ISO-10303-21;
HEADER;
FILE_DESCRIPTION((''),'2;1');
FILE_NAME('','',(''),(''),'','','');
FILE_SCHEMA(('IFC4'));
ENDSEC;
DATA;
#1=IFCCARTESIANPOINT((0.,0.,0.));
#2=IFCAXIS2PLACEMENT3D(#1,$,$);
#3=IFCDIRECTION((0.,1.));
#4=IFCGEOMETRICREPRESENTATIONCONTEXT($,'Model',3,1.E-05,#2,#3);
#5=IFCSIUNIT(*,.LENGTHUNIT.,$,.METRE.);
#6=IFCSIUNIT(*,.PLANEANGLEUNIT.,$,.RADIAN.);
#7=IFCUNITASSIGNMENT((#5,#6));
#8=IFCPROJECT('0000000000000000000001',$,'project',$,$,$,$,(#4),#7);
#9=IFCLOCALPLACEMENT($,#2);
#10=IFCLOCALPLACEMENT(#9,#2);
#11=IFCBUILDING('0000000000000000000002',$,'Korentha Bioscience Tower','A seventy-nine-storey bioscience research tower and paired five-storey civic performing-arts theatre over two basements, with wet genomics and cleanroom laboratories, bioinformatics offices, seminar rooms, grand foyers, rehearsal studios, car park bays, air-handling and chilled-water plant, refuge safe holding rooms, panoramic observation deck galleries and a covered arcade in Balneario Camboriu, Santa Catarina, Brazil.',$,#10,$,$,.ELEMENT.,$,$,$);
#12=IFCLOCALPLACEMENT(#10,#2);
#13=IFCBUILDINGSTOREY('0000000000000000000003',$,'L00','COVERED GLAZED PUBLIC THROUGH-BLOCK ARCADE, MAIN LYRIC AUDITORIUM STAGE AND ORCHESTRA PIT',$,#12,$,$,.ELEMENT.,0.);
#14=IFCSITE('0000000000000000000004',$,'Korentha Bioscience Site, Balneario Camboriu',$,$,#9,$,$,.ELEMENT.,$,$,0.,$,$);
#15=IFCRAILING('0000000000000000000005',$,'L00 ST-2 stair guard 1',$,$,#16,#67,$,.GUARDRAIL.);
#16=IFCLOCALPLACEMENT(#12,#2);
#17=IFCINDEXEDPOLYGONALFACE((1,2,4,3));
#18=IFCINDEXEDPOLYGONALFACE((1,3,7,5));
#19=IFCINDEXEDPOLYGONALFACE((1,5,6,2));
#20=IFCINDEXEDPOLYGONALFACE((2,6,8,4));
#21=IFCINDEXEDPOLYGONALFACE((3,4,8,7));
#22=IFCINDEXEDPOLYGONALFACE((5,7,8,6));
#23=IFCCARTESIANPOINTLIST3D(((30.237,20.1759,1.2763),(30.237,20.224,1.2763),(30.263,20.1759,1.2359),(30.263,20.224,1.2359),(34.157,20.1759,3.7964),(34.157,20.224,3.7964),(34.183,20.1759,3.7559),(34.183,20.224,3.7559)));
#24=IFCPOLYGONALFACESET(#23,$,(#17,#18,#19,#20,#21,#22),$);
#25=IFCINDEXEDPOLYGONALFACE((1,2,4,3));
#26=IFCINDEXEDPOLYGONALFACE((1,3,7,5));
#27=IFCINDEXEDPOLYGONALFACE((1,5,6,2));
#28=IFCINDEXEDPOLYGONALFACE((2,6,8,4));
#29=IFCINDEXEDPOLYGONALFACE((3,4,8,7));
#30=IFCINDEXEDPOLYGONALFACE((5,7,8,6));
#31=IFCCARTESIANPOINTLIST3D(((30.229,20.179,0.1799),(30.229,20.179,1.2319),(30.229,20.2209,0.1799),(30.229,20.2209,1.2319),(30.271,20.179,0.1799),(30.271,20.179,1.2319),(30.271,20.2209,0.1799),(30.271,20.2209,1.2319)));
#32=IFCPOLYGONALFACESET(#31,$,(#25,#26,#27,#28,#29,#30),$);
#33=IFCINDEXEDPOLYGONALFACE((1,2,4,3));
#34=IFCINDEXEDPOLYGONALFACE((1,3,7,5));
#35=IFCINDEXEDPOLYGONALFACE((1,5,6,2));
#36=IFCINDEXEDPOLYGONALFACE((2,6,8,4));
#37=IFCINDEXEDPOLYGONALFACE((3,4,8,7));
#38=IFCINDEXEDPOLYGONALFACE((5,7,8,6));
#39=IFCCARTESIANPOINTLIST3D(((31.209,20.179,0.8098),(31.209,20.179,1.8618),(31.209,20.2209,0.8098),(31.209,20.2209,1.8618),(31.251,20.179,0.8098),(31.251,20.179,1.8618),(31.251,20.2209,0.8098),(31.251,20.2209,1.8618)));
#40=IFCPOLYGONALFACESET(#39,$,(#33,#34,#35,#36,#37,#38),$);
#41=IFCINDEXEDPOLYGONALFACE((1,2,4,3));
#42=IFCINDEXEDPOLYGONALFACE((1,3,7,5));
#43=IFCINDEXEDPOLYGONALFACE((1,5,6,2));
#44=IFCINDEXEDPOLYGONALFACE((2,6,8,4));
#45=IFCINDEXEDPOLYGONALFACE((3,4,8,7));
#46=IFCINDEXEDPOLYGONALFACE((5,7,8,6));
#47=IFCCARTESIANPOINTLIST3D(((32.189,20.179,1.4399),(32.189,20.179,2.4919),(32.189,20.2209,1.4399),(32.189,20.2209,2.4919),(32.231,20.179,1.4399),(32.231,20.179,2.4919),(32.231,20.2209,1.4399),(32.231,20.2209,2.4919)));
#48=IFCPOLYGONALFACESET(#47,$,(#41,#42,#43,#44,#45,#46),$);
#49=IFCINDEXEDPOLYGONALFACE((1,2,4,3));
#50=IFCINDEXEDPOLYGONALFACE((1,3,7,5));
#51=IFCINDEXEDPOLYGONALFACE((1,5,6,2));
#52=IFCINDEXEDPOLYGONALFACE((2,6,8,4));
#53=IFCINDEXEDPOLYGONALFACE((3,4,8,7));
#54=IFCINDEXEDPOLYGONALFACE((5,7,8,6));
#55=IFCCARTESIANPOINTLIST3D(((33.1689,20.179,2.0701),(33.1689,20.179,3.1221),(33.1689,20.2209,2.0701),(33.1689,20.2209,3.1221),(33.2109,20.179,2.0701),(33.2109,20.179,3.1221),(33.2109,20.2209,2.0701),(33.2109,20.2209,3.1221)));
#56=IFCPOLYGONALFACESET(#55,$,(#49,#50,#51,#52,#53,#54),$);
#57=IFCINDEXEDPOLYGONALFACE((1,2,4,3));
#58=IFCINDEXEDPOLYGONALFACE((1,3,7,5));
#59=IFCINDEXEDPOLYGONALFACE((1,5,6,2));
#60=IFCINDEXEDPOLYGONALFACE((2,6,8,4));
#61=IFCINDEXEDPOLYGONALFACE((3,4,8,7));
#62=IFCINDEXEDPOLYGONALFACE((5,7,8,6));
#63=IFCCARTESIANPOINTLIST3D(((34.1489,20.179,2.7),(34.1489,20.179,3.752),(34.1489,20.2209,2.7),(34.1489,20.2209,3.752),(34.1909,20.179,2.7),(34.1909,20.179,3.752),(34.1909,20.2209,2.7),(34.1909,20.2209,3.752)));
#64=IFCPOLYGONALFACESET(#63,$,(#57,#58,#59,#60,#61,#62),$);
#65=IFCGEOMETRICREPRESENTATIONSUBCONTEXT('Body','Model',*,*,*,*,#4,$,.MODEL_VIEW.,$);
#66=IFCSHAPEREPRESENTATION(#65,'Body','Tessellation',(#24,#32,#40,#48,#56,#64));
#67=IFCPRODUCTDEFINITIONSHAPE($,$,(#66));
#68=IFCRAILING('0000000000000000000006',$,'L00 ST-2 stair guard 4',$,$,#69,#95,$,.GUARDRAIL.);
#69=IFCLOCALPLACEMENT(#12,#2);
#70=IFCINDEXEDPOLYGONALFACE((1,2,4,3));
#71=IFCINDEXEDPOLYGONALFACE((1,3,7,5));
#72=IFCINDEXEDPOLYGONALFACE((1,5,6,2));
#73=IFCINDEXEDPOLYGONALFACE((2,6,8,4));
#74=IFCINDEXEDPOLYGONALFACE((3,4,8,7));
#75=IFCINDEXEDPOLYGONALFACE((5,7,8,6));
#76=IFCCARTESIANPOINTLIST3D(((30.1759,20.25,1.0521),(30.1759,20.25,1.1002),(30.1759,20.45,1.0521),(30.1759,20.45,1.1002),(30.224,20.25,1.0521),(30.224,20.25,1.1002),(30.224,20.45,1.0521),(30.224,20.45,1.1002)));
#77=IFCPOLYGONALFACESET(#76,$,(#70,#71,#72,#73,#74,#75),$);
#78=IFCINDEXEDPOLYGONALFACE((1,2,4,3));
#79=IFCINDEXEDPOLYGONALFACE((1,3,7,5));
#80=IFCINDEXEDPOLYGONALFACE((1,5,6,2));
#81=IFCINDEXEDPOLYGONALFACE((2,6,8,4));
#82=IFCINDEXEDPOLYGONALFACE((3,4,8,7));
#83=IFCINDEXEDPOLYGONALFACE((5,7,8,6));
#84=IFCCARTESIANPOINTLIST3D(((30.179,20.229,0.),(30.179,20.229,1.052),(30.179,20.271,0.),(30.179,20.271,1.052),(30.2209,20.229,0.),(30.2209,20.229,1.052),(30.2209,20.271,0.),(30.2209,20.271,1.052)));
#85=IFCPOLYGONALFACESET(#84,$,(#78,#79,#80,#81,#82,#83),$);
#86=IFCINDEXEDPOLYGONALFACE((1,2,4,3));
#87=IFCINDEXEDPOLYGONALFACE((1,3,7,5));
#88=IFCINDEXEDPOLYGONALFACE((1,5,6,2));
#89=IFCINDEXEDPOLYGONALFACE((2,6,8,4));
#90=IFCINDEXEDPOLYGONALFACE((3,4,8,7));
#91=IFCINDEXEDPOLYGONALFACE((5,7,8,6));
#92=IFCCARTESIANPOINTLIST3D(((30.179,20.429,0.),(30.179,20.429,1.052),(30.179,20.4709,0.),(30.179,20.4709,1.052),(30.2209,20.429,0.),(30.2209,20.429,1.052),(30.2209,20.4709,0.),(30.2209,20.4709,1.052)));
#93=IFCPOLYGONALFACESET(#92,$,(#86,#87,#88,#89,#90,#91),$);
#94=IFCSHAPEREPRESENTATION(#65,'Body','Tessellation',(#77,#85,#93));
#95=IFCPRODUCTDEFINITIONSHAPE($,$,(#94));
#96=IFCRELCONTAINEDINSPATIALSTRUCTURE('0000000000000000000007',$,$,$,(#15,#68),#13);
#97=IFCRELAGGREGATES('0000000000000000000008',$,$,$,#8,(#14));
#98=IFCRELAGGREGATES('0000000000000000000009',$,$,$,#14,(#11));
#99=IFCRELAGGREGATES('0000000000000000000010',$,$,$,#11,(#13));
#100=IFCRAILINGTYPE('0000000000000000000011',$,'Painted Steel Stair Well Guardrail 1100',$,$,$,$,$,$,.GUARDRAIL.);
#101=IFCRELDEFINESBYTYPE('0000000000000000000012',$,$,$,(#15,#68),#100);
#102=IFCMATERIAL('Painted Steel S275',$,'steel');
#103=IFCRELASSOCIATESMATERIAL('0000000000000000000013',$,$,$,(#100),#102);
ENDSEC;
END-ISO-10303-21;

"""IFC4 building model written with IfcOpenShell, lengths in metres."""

from ifc_helpers import new_model, si_unit, direction, frame, origin, origin_2d, place, context, subcontext, project, spatial, rectangle, extrude, material, type_object, element, save


model = new_model("IFC4")

# Units and contexts
model_context = context("Model", 3, precision=1e-05, world=origin(), true_north=direction((0.0, 1.0)))
body_context = subcontext(model_context, "Body", "Model", "MODEL_VIEW")
ifc_project = project(units=[si_unit("LENGTHUNIT", "METRE"), si_unit("PLANEANGLEUNIT", "RADIAN")], contexts=[model_context])

# Site, building, storey
site_placement = place(None, origin())
site = spatial("IfcSite", under=ifc_project, at=site_placement, Name="Korentha Bioscience Site, Balneario Camboriu", CompositionType="ELEMENT", RefElevation=0.0)
building_placement = place(site_placement, origin())
building = spatial("IfcBuilding", under=site, at=building_placement, Name="Korentha Bioscience Tower", Description="A seventy-nine-storey bioscience research tower and paired five-storey civic performing-arts theatre over two basements, with wet genomics and cleanroom laboratories, bioinformatics offices, seminar rooms, grand foyers, rehearsal studios, car park bays, air-handling and chilled-water plant, refuge safe holding rooms, panoramic observation deck galleries and a covered arcade in Balneario Camboriu, Santa Catarina, Brazil.", CompositionType="ELEMENT")
storey_placement = place(building_placement, origin())
storey = spatial("IfcBuildingStorey", under=building, at=storey_placement, Name="L00", Description="COVERED GLAZED PUBLIC THROUGH-BLOCK ARCADE, MAIN LYRIC AUDITORIUM STAGE AND ORCHESTRA PIT", CompositionType="ELEMENT", Elevation=0.0)

# Railings
ifc_material_1 = material(Name="Painted Steel S275", Category="steel")
railing_type_1 = type_object("IfcRailingType", Name="Painted Steel Stair Well Guardrail 1100", PredefinedType="GUARDRAIL", material=ifc_material_1)
railing_1_placement = place(storey_placement, frame((30.25, 20.2, 0.1799)))
element("IfcRailing", 1, at=railing_1_placement, inside=storey, type_object=railing_type_1, Name="L00 ST-2 stair guard 1", PredefinedType="GUARDRAIL", context=body_context, shape_type="SweptSolid", body=[
    extrude(rectangle(XDim=0.0481, YDim=0.0481, at=origin_2d()), frame((0.0, 0.0, 1.0762), z_axis=(0.841172, 0.0, 0.540768), x_axis=(0.0, 1.0, 0.0)), (0.0, 0.0, 1.0), 4.6602),
    extrude(rectangle(XDim=0.042, YDim=0.042, at=origin_2d()), origin(), (0.0, 0.0, 1.0), 1.052),
    extrude(rectangle(XDim=0.042, YDim=0.042, at=origin_2d()), frame((0.98, 0.0, 0.6299)), (0.0, 0.0, 1.0), 1.052),
    extrude(rectangle(XDim=0.042, YDim=0.042, at=origin_2d()), frame((1.96, 0.0, 1.26)), (0.0, 0.0, 1.0), 1.052),
    extrude(rectangle(XDim=0.042, YDim=0.042, at=origin_2d()), frame((2.9399, 0.0, 1.8901)), (0.0, 0.0, 1.0), 1.052),
    extrude(rectangle(XDim=0.042, YDim=0.042, at=origin_2d()), frame((3.9199, 0.0, 2.52)), (0.0, 0.0, 1.0), 1.052),
])
railing_2_placement = place(storey_placement, frame((30.2, 20.25, 0.0)))
element("IfcRailing", 2, at=railing_2_placement, inside=storey, type_object=railing_type_1, Name="L00 ST-2 stair guard 4", PredefinedType="GUARDRAIL", context=body_context, shape_type="SweptSolid", body=[
    extrude(rectangle(XDim=0.0481, YDim=0.0481, at=origin_2d()), frame((0.0, 0.0, 1.0762), z_axis=(0.0, 1.0, 0.0), x_axis=(-1.0, 0.0, 0.0)), (0.0, 0.0, 1.0), 0.2),
    extrude(rectangle(XDim=0.042, YDim=0.042, at=origin_2d()), origin(), (0.0, 0.0, 1.0), 1.052),
    extrude(rectangle(XDim=0.042, YDim=0.042, at=origin_2d()), frame((0.0, 0.2, 0.0)), (0.0, 0.0, 1.0), 1.052),
])

save(model, "model.ifc")
